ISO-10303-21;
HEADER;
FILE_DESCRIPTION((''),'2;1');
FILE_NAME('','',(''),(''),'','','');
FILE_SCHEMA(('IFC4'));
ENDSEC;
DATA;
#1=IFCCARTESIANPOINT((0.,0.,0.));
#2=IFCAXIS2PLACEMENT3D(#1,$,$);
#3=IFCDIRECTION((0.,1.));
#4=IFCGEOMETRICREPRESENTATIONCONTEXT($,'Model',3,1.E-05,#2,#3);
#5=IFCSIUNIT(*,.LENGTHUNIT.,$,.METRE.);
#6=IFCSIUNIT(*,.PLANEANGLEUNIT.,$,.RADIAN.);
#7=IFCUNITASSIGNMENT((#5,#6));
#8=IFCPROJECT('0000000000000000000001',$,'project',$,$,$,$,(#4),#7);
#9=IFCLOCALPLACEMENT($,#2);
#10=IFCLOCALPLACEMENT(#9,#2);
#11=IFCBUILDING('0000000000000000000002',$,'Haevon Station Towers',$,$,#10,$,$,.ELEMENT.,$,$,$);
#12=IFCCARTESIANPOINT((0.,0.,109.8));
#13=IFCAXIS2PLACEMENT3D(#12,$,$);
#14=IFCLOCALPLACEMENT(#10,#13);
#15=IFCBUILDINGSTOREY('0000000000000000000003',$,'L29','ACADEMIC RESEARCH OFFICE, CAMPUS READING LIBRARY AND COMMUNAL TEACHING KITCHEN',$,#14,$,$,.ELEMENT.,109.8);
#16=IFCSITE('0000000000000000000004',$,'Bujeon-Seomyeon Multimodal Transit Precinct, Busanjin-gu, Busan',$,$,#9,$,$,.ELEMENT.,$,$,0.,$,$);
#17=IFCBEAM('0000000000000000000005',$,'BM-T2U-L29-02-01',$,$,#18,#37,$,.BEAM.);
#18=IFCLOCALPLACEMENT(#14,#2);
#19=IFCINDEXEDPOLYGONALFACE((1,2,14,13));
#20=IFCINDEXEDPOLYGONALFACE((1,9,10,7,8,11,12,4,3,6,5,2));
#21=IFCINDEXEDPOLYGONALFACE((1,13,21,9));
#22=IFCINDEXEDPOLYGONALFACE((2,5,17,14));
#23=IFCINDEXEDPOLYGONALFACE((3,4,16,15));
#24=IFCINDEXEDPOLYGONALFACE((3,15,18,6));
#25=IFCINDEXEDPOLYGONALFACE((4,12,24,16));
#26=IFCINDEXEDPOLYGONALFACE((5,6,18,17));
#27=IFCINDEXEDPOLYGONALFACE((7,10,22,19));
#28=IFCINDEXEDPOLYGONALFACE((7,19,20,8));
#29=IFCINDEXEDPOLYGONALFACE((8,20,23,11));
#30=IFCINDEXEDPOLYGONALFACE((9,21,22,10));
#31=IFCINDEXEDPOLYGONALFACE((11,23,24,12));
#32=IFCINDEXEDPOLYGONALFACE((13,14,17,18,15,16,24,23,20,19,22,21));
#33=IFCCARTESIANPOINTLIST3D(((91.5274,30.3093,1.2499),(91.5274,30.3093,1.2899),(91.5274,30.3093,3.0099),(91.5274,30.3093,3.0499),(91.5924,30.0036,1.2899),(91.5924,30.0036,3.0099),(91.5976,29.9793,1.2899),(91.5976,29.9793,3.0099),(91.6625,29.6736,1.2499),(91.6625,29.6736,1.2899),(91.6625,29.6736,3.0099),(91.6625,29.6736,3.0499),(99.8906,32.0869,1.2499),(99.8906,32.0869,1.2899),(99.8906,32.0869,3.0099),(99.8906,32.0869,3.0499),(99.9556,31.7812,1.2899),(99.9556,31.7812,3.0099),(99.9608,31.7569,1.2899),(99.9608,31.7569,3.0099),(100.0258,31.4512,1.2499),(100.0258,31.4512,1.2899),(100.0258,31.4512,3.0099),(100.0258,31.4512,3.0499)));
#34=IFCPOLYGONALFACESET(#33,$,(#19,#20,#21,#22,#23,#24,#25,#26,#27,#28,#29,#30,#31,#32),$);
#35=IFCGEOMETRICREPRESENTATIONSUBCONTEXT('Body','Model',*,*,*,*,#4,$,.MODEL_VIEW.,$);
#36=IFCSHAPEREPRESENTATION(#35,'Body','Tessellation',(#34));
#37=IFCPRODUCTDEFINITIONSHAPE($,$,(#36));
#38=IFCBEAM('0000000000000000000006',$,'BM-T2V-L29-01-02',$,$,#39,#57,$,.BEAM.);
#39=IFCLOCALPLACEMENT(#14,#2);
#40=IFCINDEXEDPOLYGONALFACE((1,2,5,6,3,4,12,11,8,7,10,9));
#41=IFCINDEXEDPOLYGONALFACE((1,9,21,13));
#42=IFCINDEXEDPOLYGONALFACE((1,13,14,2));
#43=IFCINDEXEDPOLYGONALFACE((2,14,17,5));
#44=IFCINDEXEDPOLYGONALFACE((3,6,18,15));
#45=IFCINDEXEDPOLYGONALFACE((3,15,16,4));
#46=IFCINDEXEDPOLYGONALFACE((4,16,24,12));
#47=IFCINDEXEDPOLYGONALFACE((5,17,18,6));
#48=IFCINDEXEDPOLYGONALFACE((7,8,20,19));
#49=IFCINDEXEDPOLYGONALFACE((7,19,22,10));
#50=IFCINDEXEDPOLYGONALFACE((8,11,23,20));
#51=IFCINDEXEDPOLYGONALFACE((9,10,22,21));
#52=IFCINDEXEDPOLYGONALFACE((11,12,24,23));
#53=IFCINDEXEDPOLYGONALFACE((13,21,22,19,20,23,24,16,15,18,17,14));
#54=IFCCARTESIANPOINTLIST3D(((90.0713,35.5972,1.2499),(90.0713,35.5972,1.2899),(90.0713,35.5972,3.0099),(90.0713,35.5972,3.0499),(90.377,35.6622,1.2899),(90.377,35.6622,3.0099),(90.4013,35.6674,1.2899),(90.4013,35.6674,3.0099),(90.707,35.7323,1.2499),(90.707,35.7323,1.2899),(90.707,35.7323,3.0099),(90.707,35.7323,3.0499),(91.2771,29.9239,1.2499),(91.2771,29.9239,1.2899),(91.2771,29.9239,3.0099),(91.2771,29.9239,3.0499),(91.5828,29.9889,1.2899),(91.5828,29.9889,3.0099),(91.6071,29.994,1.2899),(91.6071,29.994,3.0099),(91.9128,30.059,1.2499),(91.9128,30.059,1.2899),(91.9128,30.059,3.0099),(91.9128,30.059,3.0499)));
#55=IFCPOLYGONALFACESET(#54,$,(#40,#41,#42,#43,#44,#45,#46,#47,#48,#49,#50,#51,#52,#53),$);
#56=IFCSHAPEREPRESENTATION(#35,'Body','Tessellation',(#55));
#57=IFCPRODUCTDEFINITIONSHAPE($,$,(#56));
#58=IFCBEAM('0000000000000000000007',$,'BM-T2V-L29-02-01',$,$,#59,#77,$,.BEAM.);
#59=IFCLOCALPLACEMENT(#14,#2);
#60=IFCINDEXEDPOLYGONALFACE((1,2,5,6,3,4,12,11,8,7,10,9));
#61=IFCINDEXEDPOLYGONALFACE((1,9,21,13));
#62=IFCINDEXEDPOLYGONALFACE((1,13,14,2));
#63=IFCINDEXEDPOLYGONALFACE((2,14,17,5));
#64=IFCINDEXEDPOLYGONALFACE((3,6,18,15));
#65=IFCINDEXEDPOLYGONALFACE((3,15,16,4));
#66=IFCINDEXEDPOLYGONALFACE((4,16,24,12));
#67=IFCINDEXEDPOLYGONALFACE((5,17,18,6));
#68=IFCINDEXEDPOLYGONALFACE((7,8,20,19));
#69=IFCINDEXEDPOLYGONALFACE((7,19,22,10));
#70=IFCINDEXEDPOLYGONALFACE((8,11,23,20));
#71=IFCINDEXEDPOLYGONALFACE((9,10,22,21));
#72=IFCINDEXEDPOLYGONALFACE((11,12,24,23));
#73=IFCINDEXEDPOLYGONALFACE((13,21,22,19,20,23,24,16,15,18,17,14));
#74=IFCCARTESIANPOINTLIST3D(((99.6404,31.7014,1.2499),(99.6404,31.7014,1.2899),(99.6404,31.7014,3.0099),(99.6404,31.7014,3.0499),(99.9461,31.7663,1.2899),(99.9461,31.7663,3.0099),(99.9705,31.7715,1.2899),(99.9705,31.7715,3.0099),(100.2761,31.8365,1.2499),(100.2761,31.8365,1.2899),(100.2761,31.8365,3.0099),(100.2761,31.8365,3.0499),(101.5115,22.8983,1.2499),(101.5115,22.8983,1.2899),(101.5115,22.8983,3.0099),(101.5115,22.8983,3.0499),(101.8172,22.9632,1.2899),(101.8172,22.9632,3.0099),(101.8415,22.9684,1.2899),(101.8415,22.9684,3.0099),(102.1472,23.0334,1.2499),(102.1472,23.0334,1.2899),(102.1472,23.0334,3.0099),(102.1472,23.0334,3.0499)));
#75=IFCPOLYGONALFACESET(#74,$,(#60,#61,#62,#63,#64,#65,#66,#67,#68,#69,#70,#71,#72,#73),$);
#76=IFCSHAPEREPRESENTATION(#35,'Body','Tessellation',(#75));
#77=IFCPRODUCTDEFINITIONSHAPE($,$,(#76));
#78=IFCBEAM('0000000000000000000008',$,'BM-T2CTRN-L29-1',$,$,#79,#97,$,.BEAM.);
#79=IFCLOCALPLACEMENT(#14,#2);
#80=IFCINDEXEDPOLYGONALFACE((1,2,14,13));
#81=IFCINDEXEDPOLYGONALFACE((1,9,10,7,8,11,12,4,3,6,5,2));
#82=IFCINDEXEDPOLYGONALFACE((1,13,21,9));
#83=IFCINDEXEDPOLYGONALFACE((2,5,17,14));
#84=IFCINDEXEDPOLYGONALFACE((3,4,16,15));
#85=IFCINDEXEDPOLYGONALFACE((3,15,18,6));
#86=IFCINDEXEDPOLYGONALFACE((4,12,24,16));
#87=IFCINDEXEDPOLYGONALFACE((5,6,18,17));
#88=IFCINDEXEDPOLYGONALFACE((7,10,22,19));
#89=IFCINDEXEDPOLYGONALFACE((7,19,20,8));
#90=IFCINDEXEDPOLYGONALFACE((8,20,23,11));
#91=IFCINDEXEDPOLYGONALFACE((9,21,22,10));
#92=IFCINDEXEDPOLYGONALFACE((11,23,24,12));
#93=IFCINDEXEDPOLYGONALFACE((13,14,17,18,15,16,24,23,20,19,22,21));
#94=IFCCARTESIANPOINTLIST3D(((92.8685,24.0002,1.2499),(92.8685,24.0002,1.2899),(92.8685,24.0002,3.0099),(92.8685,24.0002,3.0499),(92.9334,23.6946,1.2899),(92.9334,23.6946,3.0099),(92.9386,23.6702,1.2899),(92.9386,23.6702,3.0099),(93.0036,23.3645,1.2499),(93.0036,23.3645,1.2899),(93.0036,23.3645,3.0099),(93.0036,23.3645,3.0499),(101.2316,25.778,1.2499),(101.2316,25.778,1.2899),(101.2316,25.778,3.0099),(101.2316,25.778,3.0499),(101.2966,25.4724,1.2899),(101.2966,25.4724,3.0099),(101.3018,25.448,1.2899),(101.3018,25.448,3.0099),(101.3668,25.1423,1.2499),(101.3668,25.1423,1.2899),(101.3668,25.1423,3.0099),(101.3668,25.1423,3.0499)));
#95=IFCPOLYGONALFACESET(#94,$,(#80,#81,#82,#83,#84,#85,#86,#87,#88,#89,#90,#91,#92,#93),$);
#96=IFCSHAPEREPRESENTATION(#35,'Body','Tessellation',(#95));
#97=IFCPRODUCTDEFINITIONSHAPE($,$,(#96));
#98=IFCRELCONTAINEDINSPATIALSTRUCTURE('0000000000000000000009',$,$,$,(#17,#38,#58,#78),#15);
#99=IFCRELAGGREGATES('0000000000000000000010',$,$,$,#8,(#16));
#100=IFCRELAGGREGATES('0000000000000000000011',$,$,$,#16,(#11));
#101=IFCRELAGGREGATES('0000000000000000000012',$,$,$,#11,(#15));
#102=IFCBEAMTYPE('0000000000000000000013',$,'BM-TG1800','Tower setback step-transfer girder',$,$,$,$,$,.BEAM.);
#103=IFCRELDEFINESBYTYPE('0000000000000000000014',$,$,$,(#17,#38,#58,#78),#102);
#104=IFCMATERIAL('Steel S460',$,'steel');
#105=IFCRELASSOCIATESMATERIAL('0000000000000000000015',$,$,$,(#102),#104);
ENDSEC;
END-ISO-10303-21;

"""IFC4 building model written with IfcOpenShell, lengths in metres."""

from ifc_helpers import new_model, si_unit, direction, frame, origin, origin_2d, place, context, subcontext, project, spatial, i_section, extrude, material, material_profile, profile_set, type_object, element, save


model = new_model("IFC4")

# Units and contexts
model_context = context("Model", 3, precision=1e-05, world=origin(), true_north=direction((0.0, 1.0)))
body_context = subcontext(model_context, "Body", "Model", "MODEL_VIEW")
ifc_project = project(units=[si_unit("LENGTHUNIT", "METRE"), si_unit("PLANEANGLEUNIT", "RADIAN")], contexts=[model_context])

# Site, building, storey
site_placement = place(None, origin())
site = spatial("IfcSite", under=ifc_project, at=site_placement, Name="Bujeon-Seomyeon Multimodal Transit Precinct, Busanjin-gu, Busan", CompositionType="ELEMENT", RefElevation=0.0)
building_placement = place(site_placement, origin())
building = spatial("IfcBuilding", under=site, at=building_placement, Name="Haevon Station Towers", CompositionType="ELEMENT")
storey_placement = place(building_placement, frame((0.0, 0.0, 109.8)))
storey = spatial("IfcBuildingStorey", under=building, at=storey_placement, Name="L29", Description="ACADEMIC RESEARCH OFFICE, CAMPUS READING LIBRARY AND COMMUNAL TEACHING KITCHEN", CompositionType="ELEMENT", Elevation=109.8)

# Shared definitions
ifc_material_1 = material(Name="Steel S460", Category="steel")

# Beams
ifc_material_profile_1 = material_profile(ifc_material_1, i_section(OverallWidth=0.6499, OverallDepth=1.8, WebThickness=0.0249, FlangeThickness=0.04, at=origin_2d()), Name="H-1800x650x25x40")
ifc_profile_set_1 = profile_set([ifc_material_profile_1], Name="Steel S460")
beam_type_1 = type_object("IfcBeamType", Name="BM-TG1800", Description="Tower setback step-transfer girder", PredefinedType="BEAM", material=ifc_profile_set_1)
beam_1_placement = place(storey_placement, frame((91.595, 29.9915, 2.1499), z_axis=(0.97815, 0.207902, 0.0), x_axis=(-0.207902, 0.97815, 0.0)))
element("IfcBeam", 1, at=beam_1_placement, inside=storey, type_object=beam_type_1, Name="BM-T2U-L29-02-01", PredefinedType="BEAM", context=body_context, shape_type="SweptSolid", body=[
    extrude(i_section(OverallWidth=0.6499, OverallDepth=1.8, WebThickness=0.0249, FlangeThickness=0.04, at=origin_2d()), origin(), (0.0, 0.0, 1.0), 8.55),
])
beam_2_placement = place(storey_placement, frame((91.595, 29.9915, 2.1499), z_axis=(-0.207896, 0.978151, 0.0), x_axis=(-0.978151, -0.207896, 0.0)))
element("IfcBeam", 2, at=beam_2_placement, inside=storey, type_object=beam_type_1, Name="BM-T2V-L29-01-02", PredefinedType="BEAM", context=body_context, shape_type="SweptSolid", body=[
    extrude(i_section(OverallWidth=0.6499, OverallDepth=1.8, WebThickness=0.0249, FlangeThickness=0.04, at=origin_2d()), origin(), (0.0, 0.0, 1.0), 5.8),
])
beam_3_placement = place(storey_placement, frame((101.8293, 22.9658, 2.1499), z_axis=(-0.207902, 0.97815, 0.0), x_axis=(-0.97815, -0.207902, 0.0)))
element("IfcBeam", 3, at=beam_3_placement, inside=storey, type_object=beam_type_1, Name="BM-T2V-L29-02-01", PredefinedType="BEAM", context=body_context, shape_type="SweptSolid", body=[
    extrude(i_section(OverallWidth=0.6499, OverallDepth=1.8, WebThickness=0.0249, FlangeThickness=0.04, at=origin_2d()), origin(), (0.0, 0.0, 1.0), 8.9998),
])
beam_4_placement = place(storey_placement, frame((92.936, 23.6824, 2.1499), z_axis=(0.978144, 0.20793, 0.0), x_axis=(-0.20793, 0.978144, 0.0)))
element("IfcBeam", 4, at=beam_4_placement, inside=storey, type_object=beam_type_1, Name="BM-T2CTRN-L29-1", PredefinedType="BEAM", context=body_context, shape_type="SweptSolid", body=[
    extrude(i_section(OverallWidth=0.6499, OverallDepth=1.8, WebThickness=0.0249, FlangeThickness=0.04, at=origin_2d()), origin(), (0.0, 0.0, 1.0), 8.55),
])

save(model, "model.ifc")
